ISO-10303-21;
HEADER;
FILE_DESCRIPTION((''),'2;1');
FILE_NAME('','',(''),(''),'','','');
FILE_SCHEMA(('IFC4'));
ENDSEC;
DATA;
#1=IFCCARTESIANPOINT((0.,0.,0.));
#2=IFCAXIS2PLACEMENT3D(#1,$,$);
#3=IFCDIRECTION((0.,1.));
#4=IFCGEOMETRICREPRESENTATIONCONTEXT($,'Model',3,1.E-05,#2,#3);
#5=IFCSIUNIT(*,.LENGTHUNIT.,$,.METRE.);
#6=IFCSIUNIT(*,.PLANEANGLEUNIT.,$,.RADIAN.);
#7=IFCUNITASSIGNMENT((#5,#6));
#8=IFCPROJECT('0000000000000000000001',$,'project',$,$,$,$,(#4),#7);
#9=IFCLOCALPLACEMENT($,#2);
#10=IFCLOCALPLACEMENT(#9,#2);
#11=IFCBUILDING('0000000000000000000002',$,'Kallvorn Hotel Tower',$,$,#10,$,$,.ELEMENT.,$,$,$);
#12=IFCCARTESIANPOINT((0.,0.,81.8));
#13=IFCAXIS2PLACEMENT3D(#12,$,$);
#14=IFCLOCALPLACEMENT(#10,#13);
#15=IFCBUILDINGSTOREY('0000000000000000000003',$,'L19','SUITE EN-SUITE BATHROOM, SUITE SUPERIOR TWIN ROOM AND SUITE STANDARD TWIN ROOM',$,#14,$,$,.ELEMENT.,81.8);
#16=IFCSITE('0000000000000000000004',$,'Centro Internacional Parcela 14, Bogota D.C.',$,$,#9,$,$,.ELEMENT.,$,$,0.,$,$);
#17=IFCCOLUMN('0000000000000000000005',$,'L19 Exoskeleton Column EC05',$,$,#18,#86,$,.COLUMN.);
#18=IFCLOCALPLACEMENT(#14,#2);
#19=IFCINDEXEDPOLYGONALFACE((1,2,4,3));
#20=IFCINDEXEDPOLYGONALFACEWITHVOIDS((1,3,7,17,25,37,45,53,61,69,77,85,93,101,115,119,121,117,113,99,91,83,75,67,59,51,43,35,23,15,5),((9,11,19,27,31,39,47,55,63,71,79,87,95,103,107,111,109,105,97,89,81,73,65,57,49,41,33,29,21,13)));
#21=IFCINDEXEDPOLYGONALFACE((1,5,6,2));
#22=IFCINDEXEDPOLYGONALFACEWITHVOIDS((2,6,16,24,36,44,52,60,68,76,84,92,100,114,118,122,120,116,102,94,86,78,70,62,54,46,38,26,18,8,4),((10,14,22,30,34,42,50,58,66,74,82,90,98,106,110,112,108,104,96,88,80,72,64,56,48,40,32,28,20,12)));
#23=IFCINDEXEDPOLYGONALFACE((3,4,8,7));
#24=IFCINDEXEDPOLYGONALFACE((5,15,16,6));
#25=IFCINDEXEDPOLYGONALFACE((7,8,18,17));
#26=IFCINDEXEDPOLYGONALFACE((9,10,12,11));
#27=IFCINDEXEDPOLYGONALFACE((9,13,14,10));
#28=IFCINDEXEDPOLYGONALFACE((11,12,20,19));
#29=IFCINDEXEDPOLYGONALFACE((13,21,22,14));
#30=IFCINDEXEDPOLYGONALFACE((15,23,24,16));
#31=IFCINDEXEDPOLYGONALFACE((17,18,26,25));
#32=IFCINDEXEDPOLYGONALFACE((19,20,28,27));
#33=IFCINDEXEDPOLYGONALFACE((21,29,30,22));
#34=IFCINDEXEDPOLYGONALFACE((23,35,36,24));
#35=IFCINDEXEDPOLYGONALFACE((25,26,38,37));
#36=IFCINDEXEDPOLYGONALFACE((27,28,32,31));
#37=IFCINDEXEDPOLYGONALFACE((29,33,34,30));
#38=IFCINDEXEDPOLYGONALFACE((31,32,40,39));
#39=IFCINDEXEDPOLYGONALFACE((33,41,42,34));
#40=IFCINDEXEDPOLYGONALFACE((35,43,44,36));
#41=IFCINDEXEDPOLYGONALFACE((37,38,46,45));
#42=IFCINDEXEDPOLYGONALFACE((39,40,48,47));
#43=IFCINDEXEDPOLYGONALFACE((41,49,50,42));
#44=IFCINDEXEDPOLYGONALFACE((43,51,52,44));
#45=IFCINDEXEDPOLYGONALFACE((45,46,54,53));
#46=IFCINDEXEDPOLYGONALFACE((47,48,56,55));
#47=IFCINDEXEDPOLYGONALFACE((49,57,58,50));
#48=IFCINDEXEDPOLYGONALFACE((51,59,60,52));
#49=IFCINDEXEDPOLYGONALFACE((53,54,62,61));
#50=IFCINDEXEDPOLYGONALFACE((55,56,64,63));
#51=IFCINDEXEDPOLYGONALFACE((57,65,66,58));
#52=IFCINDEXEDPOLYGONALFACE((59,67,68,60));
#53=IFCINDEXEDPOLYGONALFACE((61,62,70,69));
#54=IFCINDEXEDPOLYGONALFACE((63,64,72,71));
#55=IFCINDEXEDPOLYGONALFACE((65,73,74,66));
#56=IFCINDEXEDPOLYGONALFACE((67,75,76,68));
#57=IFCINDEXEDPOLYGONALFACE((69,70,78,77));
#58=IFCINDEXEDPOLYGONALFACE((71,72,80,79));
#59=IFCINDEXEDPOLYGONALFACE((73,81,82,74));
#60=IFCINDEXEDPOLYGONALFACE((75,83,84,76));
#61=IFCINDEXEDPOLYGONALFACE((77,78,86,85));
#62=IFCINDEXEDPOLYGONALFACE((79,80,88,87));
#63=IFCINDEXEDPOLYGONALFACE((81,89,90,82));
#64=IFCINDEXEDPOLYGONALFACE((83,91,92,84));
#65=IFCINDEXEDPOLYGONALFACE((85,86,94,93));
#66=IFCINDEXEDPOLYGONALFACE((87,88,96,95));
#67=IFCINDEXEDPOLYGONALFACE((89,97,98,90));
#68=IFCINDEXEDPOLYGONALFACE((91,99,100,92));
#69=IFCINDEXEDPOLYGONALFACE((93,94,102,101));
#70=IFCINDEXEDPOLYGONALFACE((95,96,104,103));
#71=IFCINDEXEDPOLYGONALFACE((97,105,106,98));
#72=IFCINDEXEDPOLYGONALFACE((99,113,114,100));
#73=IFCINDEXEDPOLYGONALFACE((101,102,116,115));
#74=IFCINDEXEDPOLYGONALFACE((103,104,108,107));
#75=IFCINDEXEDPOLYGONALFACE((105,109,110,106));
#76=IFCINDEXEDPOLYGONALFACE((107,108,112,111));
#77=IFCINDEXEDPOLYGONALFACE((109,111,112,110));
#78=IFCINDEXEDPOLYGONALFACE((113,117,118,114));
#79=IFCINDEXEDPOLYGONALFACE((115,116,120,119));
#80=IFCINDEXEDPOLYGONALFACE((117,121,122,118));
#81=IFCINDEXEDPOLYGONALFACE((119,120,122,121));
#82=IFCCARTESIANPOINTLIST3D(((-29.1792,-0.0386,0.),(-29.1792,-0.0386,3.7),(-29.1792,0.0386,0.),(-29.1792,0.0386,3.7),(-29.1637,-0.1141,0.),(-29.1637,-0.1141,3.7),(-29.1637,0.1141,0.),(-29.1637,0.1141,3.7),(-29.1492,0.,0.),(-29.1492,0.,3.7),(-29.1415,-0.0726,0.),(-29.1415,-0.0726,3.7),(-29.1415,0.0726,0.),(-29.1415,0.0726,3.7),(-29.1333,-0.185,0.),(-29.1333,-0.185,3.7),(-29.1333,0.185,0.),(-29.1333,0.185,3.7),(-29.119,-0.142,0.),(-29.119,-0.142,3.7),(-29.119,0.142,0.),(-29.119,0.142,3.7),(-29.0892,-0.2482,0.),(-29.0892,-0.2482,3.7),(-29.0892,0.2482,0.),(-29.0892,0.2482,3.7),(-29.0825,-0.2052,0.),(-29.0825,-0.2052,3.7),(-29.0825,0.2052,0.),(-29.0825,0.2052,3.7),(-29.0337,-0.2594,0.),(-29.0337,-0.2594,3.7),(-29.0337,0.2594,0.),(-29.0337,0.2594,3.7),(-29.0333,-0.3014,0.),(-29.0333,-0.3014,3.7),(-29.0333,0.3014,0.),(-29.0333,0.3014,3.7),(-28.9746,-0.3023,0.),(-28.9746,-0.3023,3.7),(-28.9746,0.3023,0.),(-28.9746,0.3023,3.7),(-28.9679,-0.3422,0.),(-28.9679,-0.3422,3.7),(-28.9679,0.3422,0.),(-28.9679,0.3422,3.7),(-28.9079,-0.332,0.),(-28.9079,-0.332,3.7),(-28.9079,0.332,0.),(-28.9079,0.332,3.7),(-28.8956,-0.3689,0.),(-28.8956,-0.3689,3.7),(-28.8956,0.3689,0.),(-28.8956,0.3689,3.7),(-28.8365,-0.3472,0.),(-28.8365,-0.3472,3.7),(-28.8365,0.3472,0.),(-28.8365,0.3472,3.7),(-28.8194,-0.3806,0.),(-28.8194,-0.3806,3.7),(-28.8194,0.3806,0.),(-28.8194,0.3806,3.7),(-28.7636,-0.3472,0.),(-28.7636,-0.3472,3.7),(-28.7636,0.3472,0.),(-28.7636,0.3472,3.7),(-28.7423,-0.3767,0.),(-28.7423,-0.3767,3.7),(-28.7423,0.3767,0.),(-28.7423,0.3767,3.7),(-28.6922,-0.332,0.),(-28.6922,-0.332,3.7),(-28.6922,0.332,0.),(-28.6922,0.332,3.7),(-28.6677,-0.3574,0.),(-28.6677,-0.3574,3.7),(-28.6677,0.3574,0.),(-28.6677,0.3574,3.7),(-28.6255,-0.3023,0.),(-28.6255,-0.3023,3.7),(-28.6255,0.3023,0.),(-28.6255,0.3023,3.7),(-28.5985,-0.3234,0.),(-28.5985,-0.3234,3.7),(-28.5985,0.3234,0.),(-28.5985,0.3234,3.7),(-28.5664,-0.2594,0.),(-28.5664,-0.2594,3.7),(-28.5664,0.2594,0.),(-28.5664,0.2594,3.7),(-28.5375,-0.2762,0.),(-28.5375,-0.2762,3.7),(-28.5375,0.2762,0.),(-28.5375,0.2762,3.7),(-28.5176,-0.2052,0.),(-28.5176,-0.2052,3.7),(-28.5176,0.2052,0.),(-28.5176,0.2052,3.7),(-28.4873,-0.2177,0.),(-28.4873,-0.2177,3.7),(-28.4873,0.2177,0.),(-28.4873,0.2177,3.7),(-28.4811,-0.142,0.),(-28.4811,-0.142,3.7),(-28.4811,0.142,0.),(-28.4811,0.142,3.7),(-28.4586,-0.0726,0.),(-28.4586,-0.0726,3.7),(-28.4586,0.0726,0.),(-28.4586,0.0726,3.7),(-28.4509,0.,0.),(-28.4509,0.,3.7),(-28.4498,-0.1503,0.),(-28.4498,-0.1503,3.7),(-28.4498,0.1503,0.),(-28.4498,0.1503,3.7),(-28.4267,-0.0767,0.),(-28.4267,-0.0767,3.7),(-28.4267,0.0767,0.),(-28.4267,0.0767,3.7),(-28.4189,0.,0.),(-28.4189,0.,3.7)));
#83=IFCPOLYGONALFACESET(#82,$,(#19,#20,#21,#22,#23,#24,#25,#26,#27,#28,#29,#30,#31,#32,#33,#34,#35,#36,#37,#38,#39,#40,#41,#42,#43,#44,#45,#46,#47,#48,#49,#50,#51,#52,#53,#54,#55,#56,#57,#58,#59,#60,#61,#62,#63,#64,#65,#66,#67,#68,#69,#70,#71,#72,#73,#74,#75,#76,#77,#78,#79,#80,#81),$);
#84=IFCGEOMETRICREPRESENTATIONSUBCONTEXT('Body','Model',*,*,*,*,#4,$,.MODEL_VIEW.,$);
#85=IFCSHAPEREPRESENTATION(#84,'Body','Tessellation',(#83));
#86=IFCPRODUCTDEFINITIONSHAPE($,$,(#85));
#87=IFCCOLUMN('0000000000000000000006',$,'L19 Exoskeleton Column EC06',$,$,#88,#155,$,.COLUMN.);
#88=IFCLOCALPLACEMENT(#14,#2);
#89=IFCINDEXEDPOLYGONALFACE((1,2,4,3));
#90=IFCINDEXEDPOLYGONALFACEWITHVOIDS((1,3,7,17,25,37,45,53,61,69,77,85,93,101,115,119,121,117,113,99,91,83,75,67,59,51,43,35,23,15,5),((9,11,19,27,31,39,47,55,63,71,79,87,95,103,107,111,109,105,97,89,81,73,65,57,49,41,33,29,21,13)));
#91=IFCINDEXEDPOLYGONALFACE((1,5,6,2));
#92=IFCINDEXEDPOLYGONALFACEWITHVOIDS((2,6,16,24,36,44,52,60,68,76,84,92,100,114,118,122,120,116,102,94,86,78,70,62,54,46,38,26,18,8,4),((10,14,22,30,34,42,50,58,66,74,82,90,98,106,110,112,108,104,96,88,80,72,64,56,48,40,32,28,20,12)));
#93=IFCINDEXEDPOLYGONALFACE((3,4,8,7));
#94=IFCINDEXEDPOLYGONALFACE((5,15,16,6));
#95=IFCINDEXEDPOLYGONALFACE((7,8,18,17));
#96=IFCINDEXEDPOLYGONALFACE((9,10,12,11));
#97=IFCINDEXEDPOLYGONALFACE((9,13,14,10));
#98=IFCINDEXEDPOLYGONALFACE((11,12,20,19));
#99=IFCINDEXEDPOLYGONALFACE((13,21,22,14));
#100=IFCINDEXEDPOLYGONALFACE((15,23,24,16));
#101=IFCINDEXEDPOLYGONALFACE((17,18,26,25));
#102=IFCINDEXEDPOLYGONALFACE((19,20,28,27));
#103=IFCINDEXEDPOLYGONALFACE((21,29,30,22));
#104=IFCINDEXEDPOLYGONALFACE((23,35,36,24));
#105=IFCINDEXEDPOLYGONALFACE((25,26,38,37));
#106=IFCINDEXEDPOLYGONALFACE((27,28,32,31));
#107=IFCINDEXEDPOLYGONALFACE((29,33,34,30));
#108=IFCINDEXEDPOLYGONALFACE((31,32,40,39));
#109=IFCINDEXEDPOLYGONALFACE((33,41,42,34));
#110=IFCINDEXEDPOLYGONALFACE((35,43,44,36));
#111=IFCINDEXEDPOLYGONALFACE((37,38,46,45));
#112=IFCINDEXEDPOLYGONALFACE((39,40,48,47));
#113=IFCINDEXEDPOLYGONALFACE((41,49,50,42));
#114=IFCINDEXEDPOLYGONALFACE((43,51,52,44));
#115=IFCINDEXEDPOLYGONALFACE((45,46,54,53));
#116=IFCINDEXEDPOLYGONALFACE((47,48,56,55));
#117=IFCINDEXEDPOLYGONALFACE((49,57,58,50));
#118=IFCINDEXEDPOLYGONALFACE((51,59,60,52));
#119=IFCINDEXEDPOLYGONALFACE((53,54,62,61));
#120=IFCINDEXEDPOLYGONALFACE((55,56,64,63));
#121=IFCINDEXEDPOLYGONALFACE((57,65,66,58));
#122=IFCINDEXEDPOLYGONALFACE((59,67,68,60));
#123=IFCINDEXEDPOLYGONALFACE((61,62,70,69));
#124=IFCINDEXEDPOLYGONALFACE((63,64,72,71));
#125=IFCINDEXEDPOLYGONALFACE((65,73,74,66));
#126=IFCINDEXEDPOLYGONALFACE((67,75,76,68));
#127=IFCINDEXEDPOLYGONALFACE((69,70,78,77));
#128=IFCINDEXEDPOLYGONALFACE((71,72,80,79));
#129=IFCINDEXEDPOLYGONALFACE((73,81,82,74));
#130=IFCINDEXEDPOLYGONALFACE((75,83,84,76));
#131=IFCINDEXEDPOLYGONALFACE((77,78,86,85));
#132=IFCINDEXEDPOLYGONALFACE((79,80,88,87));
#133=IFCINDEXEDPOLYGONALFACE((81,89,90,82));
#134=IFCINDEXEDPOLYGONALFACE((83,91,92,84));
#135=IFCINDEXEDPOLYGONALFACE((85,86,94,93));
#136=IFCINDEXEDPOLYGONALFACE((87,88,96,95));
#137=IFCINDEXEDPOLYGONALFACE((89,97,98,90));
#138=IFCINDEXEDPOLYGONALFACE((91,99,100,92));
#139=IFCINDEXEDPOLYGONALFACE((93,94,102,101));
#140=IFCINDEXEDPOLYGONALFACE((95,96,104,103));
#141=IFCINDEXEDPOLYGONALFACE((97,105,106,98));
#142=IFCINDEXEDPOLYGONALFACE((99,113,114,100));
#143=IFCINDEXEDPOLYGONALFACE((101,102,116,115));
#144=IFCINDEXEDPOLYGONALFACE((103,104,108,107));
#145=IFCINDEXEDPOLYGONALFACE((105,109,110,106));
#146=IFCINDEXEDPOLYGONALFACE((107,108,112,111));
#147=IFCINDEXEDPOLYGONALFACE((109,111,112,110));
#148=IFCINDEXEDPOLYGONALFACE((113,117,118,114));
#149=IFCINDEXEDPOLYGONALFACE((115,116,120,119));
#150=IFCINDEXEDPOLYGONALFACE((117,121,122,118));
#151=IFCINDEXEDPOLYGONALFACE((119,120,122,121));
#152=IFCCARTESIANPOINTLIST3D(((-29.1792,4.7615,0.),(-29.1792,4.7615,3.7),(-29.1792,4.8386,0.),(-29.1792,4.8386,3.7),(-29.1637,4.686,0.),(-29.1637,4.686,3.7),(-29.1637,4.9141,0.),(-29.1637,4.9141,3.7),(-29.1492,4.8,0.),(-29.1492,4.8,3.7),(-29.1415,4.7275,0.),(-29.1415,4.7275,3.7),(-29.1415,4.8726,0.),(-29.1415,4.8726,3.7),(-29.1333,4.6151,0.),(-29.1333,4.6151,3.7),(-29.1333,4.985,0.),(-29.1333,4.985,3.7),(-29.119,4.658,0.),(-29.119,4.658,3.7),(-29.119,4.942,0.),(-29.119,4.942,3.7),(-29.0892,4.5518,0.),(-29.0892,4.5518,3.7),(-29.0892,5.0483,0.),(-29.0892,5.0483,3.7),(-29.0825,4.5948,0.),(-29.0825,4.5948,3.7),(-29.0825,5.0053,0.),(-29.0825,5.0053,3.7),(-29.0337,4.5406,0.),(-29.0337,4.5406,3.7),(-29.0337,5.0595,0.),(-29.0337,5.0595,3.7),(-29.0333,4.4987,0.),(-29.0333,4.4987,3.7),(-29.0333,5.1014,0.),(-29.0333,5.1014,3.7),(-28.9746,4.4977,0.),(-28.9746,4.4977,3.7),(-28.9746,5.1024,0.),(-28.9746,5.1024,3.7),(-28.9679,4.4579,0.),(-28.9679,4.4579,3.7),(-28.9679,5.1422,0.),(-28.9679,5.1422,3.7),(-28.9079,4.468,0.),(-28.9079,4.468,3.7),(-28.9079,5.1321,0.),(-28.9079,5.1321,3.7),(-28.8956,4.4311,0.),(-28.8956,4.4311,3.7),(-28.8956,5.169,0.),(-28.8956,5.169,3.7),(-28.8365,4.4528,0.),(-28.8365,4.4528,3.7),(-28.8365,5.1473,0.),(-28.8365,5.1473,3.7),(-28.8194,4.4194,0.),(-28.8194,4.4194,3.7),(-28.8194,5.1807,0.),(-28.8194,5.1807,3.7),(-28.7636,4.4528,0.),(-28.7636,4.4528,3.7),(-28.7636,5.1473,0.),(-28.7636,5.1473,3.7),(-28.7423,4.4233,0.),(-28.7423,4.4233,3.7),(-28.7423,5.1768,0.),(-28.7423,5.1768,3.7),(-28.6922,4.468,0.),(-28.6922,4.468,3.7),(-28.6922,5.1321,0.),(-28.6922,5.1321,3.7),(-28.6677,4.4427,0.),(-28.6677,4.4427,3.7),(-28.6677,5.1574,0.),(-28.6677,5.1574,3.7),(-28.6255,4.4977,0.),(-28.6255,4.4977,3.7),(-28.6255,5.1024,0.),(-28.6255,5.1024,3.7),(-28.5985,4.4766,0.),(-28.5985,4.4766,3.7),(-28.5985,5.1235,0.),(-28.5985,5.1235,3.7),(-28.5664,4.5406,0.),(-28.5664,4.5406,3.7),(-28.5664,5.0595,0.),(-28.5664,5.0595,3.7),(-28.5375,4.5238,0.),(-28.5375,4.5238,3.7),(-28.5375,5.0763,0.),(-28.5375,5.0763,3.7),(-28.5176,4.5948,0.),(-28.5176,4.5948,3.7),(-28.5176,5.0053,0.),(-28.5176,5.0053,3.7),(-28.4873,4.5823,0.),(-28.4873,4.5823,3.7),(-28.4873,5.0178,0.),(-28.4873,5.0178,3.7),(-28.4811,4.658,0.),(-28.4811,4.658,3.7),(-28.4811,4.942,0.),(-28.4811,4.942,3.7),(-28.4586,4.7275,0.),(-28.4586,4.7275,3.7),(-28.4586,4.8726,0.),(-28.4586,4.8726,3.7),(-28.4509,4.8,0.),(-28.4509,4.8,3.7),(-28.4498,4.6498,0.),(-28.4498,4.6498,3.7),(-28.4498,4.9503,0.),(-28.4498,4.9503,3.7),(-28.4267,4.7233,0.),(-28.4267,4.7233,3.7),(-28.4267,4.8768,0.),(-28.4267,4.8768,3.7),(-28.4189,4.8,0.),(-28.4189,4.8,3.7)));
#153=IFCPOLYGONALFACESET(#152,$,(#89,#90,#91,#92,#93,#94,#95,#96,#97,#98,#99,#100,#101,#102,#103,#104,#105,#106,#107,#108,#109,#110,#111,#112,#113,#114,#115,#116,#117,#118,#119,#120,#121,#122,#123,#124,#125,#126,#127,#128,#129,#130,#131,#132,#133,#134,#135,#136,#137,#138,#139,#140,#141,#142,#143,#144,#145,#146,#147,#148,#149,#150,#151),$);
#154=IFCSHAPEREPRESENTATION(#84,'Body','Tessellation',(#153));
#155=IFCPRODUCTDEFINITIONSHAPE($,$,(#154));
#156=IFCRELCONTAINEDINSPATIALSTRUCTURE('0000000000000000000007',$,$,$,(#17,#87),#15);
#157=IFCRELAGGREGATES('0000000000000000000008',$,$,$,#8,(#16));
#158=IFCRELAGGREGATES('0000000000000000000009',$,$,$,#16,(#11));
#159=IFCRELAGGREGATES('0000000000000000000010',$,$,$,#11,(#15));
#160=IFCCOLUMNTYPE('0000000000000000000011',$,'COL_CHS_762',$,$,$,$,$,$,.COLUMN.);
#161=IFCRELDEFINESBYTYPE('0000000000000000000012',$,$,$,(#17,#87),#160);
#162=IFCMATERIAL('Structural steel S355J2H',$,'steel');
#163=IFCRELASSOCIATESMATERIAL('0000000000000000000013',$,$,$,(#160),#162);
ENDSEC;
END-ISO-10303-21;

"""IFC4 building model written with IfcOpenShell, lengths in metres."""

from ifc_helpers import new_model, si_unit, direction, frame, origin, origin_2d, place, context, subcontext, project, spatial, hollow_circle, extrude, material, material_profile, profile_set, type_object, element, save


model = new_model("IFC4")

# Units and contexts
model_context = context("Model", 3, precision=1e-05, world=origin(), true_north=direction((0.0, 1.0)))
body_context = subcontext(model_context, "Body", "Model", "MODEL_VIEW")
ifc_project = project(units=[si_unit("LENGTHUNIT", "METRE"), si_unit("PLANEANGLEUNIT", "RADIAN")], contexts=[model_context])

# Site, building, storey
site_placement = place(None, origin())
site = spatial("IfcSite", under=ifc_project, at=site_placement, Name="Centro Internacional Parcela 14, Bogota D.C.", CompositionType="ELEMENT", RefElevation=0.0)
building_placement = place(site_placement, origin())
building = spatial("IfcBuilding", under=site, at=building_placement, Name="Kallvorn Hotel Tower", CompositionType="ELEMENT")
storey_placement = place(building_placement, frame((0.0, 0.0, 81.8)))
storey = spatial("IfcBuildingStorey", under=building, at=storey_placement, Name="L19", Description="SUITE EN-SUITE BATHROOM, SUITE SUPERIOR TWIN ROOM AND SUITE STANDARD TWIN ROOM", CompositionType="ELEMENT", Elevation=81.8)

# Columns
ifc_material_1 = material(Name="Structural steel S355J2H", Category="steel")
ifc_material_profile_1 = material_profile(ifc_material_1, hollow_circle(Radius=0.3811, WallThickness=0.032, at=origin_2d()), Name="CHS 762x32")
ifc_profile_set_1 = profile_set([ifc_material_profile_1], Name="Structural steel S355J2H")
column_type = type_object("IfcColumnType", Name="COL_CHS_762", PredefinedType="COLUMN", material=ifc_profile_set_1)
for number, where, z_axis, x_axis, name in (
    (1, (-28.8, 0.0, 0.0), (0.0, 0.0, 1.0), (1.0, 0.0, 0.0), "L19 Exoskeleton Column EC05"),
    (2, (-28.8, 4.8, 0.0), (0.0, 0.0, 1.0), (1.0, 0.0, 0.0), "L19 Exoskeleton Column EC06"),
):
    element("IfcColumn", number, at=place(storey_placement, frame(where, z_axis=z_axis, x_axis=x_axis)), inside=storey, type_object=column_type, Name=name, PredefinedType="COLUMN", context=body_context, shape_type="SweptSolid", body=[
        extrude(hollow_circle(Radius=0.3811, WallThickness=0.032, at=origin_2d()), origin(), (0.0, 0.0, 1.0), 3.7),
    ])

save(model, "model.ifc")
